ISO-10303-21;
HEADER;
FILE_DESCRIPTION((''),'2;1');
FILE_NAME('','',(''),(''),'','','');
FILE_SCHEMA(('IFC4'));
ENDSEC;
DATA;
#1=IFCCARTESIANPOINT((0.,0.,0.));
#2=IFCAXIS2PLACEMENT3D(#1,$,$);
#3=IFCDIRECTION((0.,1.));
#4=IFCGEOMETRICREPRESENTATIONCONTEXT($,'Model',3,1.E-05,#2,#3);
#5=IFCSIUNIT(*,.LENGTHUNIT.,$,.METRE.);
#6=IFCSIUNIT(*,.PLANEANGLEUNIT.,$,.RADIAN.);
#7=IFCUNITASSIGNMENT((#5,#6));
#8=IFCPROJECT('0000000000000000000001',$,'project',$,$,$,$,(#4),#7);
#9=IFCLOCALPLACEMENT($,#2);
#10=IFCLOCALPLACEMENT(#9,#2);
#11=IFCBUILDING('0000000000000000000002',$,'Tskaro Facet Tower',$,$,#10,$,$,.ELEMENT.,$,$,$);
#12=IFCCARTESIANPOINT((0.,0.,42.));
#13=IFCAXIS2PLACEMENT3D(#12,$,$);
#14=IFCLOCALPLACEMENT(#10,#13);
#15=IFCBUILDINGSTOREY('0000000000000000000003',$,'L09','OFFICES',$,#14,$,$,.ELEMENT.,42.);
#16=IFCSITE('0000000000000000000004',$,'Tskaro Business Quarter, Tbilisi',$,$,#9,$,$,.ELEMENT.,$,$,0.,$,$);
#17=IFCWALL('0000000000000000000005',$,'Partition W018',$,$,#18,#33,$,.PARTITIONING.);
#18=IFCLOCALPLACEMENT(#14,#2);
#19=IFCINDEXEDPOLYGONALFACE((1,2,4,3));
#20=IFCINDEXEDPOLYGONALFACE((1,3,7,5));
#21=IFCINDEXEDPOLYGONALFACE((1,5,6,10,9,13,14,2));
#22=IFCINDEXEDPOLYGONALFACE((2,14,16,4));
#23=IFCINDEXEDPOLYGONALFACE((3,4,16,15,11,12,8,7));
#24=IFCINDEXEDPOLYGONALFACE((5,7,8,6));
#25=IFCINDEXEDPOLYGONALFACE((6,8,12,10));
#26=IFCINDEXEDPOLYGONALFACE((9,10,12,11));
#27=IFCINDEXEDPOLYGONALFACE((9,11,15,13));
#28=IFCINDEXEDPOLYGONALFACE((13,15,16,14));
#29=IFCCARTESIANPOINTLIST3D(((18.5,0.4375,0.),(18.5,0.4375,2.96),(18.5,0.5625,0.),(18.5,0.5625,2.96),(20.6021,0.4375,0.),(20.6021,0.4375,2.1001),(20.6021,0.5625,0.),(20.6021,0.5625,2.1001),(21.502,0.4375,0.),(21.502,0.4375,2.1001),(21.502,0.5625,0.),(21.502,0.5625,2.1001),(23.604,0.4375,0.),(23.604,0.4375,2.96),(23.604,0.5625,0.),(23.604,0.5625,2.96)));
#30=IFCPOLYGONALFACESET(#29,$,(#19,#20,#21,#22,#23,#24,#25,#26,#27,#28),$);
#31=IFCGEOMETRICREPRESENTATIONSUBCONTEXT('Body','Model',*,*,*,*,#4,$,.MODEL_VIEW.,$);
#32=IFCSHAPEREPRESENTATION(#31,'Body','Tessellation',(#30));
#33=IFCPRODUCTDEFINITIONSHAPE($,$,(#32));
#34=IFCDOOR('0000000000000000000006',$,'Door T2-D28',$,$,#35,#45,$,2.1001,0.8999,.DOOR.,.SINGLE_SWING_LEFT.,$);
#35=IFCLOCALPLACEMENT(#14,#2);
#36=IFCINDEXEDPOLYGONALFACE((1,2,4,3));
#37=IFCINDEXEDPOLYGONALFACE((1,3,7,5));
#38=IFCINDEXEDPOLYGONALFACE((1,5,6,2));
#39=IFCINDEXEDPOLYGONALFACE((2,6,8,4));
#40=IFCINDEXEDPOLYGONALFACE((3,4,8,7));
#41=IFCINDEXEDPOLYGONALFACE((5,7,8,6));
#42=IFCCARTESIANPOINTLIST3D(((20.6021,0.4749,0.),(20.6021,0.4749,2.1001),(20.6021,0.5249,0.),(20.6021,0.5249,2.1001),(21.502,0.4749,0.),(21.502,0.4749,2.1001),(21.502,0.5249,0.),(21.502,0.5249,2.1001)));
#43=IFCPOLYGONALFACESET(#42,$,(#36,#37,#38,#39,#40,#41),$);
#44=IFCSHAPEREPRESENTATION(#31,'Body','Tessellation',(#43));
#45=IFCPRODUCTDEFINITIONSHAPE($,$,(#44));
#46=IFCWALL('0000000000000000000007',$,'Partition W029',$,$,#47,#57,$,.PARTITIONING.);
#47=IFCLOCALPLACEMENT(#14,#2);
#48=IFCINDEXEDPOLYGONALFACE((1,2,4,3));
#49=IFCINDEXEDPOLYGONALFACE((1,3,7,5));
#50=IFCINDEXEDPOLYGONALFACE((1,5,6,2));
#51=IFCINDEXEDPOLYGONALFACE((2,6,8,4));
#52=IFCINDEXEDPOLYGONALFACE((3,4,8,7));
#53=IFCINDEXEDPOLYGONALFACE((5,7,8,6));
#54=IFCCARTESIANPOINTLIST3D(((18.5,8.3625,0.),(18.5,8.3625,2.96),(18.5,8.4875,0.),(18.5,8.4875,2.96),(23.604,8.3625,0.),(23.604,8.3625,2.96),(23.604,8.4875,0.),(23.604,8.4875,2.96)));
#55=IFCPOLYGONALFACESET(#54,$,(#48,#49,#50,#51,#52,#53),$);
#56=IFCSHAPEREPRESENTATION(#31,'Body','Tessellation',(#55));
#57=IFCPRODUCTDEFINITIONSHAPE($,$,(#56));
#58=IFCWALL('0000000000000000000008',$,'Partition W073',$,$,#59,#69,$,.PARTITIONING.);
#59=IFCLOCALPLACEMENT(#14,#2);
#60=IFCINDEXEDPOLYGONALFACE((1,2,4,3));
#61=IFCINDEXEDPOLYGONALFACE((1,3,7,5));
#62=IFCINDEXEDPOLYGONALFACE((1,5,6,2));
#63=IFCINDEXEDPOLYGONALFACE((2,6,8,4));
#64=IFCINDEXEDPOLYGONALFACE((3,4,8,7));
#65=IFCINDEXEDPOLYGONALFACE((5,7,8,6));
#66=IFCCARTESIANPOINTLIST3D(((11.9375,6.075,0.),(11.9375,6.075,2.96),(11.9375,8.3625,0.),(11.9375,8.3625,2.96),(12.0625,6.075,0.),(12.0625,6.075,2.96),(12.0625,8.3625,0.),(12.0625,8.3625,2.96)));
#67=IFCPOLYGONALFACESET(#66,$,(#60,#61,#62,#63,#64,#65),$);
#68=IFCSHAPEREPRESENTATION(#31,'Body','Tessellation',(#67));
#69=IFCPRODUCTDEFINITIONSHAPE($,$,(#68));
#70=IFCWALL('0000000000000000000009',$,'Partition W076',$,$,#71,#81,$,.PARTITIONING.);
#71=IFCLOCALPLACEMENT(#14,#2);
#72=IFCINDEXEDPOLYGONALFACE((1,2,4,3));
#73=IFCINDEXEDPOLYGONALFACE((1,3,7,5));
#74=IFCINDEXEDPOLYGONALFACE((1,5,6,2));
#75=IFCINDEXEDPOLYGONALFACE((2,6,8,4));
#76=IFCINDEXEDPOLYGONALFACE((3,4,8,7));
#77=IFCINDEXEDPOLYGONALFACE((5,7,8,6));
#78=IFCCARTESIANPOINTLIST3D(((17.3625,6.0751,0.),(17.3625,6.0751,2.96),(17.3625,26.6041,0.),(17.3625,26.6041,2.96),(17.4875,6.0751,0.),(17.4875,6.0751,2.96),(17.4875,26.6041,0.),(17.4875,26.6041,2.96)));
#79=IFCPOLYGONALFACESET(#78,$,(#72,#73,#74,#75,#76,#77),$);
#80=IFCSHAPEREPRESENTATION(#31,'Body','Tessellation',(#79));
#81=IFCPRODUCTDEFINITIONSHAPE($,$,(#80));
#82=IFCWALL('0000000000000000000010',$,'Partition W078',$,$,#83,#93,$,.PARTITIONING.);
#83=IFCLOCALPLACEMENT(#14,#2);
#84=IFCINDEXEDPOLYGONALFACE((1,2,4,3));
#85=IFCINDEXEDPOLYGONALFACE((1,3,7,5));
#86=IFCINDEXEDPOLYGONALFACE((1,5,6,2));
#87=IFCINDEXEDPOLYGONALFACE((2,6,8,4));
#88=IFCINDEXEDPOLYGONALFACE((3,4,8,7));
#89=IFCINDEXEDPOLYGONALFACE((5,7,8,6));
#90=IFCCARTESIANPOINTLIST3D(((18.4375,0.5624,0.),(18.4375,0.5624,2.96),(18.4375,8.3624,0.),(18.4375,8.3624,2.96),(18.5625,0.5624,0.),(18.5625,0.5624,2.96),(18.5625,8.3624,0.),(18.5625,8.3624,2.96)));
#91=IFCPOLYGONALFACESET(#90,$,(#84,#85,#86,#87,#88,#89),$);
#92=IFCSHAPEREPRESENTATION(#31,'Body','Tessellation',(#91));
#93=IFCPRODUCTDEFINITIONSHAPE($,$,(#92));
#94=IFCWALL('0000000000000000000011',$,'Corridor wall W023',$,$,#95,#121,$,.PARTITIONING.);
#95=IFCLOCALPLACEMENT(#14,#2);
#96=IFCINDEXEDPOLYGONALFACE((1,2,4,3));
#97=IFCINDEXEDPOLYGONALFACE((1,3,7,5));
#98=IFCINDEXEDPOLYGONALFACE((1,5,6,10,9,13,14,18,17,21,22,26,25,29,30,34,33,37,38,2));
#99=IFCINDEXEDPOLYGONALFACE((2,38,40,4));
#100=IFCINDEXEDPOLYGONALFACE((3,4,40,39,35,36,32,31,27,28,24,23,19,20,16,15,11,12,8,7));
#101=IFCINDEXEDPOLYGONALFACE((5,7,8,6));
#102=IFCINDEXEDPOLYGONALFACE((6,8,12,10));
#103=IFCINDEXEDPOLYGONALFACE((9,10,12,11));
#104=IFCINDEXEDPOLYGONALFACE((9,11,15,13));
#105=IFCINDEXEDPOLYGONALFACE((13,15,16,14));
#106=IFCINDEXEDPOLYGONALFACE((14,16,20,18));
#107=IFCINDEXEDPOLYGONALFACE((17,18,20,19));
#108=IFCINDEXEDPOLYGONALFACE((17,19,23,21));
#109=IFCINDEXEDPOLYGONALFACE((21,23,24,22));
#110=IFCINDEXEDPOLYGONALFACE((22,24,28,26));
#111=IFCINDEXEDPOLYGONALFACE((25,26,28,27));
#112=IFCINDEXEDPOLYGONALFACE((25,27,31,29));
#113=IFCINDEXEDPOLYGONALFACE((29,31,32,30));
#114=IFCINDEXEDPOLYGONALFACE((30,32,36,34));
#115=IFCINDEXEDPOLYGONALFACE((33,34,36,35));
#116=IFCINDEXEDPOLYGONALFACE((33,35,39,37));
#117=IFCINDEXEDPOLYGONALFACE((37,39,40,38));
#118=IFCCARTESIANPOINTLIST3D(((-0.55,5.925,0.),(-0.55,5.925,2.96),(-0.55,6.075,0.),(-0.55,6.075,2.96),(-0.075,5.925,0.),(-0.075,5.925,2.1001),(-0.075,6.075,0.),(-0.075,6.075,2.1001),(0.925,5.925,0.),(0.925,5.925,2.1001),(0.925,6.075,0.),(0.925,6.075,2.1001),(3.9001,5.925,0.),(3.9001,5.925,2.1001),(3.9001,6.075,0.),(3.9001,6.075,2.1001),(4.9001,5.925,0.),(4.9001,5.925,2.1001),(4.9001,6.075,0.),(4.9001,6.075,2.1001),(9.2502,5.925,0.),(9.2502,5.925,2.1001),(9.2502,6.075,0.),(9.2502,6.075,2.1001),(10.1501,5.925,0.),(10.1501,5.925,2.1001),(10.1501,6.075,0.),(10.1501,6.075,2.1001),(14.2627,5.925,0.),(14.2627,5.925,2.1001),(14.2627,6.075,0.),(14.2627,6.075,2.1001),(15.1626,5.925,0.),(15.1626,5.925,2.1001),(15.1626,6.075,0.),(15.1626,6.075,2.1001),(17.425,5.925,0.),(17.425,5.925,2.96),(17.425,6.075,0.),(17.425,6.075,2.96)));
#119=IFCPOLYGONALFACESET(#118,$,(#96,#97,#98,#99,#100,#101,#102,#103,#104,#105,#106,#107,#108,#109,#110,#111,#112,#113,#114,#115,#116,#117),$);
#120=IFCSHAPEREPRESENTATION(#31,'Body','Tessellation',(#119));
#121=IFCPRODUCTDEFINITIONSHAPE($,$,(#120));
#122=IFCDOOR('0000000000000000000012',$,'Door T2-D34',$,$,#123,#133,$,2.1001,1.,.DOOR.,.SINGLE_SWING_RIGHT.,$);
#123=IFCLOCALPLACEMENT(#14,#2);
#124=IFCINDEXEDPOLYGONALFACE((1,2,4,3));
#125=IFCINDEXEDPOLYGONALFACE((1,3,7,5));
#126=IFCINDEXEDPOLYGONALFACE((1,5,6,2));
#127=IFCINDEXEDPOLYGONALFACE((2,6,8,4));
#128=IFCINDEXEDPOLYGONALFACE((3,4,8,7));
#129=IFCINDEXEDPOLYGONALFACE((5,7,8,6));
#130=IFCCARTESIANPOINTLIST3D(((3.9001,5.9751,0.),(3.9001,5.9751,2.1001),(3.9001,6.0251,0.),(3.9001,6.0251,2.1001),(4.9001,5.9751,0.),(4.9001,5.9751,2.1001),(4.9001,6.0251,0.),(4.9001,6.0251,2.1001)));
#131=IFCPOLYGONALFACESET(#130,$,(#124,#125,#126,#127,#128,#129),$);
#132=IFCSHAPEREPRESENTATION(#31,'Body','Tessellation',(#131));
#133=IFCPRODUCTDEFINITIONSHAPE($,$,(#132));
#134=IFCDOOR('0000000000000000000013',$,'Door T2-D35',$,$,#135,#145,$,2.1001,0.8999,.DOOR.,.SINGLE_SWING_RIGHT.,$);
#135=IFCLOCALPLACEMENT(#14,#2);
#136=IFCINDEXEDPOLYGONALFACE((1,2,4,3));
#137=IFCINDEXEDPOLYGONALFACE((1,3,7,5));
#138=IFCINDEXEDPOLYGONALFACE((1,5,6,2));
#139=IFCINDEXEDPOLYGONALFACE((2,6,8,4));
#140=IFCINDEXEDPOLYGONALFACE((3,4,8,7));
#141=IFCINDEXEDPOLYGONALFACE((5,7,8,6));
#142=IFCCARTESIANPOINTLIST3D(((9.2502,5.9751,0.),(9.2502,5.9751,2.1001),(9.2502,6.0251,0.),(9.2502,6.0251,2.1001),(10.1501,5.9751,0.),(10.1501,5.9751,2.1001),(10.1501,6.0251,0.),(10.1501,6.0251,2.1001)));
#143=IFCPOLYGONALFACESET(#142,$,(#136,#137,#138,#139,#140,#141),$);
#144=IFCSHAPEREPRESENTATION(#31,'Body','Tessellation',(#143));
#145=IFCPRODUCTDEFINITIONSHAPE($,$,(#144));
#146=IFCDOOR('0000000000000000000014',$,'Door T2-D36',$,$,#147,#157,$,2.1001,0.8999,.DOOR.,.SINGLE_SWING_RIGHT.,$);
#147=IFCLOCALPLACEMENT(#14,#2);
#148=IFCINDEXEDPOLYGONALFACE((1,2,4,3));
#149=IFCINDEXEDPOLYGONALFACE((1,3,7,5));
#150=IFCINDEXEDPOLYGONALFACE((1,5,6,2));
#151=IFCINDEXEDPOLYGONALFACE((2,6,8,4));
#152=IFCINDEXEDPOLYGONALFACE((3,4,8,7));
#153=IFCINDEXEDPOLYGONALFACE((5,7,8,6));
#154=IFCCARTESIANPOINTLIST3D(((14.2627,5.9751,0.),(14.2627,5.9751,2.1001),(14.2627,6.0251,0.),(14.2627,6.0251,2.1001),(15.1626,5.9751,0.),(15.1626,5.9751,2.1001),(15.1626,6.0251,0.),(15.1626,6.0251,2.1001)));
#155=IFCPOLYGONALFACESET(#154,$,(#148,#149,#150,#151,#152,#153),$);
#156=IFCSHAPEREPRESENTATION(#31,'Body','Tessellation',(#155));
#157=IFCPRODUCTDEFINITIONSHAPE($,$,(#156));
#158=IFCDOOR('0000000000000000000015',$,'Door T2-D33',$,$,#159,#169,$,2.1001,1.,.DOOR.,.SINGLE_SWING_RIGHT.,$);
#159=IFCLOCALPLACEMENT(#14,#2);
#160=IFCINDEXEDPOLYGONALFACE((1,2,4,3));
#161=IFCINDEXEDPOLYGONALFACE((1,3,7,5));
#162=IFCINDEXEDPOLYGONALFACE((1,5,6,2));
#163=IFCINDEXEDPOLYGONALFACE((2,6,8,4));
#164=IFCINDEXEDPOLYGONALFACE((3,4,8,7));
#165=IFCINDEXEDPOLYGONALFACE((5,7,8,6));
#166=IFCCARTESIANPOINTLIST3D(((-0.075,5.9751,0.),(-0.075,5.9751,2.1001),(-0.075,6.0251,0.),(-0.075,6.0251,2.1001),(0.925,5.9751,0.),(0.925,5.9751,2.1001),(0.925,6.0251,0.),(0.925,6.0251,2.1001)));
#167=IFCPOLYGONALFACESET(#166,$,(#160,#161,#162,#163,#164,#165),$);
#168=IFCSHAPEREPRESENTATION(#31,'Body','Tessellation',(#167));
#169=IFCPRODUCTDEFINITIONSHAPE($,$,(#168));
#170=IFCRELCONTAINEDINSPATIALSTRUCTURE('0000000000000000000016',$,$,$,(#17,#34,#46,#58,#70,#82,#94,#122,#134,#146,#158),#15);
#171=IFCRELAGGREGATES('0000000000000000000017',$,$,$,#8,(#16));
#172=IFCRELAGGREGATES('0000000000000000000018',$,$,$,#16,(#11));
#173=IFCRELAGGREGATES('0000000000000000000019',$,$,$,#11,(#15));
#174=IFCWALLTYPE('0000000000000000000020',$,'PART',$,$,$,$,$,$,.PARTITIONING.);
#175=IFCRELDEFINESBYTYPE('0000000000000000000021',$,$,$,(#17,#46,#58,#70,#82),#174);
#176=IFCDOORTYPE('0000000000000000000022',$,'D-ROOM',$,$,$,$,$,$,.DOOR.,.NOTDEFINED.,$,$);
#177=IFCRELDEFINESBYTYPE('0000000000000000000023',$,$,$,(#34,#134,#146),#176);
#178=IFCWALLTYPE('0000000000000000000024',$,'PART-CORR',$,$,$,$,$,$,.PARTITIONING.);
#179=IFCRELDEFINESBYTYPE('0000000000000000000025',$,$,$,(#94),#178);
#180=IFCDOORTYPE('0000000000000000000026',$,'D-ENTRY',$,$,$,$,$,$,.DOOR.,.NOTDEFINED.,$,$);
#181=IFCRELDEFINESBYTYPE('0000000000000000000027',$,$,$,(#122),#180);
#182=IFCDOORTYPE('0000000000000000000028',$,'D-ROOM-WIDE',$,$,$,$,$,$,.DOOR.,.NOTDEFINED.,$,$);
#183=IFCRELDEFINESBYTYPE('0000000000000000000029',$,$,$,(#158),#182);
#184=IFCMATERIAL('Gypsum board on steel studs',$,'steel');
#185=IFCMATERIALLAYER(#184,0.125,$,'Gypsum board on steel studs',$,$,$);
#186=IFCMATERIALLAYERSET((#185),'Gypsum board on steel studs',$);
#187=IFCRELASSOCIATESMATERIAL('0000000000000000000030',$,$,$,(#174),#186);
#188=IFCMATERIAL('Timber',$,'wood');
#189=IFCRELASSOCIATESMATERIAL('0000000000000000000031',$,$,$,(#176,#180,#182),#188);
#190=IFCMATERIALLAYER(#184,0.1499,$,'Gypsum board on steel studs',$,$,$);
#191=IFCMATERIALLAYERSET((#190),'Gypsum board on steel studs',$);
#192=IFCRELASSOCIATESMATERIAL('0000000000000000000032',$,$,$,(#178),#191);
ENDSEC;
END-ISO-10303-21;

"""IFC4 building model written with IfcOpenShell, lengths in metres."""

from ifc_helpers import new_model, si_unit, direction, frame, frame_2d, origin, place, context, subcontext, project, spatial, rectangle, extrude, material, layer, layer_set, type_object, element, fill, save


model = new_model("IFC4")

# Units and contexts
model_context = context("Model", 3, precision=1e-05, world=origin(), true_north=direction((0.0, 1.0)))
body_context = subcontext(model_context, "Body", "Model", "MODEL_VIEW")
ifc_project = project(units=[si_unit("LENGTHUNIT", "METRE"), si_unit("PLANEANGLEUNIT", "RADIAN")], contexts=[model_context])

# Site, building, storey
site_placement = place(None, origin())
site = spatial("IfcSite", under=ifc_project, at=site_placement, Name="Tskaro Business Quarter, Tbilisi", CompositionType="ELEMENT", RefElevation=0.0)
building_placement = place(site_placement, origin())
building = spatial("IfcBuilding", under=site, at=building_placement, Name="Tskaro Facet Tower", CompositionType="ELEMENT")
storey_placement = place(building_placement, frame((0.0, 0.0, 42.0)))
storey = spatial("IfcBuildingStorey", under=building, at=storey_placement, Name="L09", Description="OFFICES", CompositionType="ELEMENT", Elevation=42.0)

# Wall, opening, door
ifc_material_1 = material(Name="Gypsum board on steel studs", Category="steel")
ifc_layer_1 = layer(ifc_material_1, 0.125, Name="Gypsum board on steel studs")
ifc_layer_set_1 = layer_set([ifc_layer_1], Name="Gypsum board on steel studs")
wall_type_1 = type_object("IfcWallType", Name="PART", PredefinedType="PARTITIONING", material=ifc_layer_set_1)
wall_1_placement = place(storey_placement, frame((18.5, 0.5, 0.0), z_axis=(0.0, 0.0, 1.0), x_axis=(1.0, 0.0, 0.0)))
wall_1 = element("IfcWall", 1, at=wall_1_placement, inside=storey, type_object=wall_type_1, Name="Partition W018", PredefinedType="PARTITIONING", context=body_context, shape_type="SweptSolid", body=[
    extrude(rectangle(XDim=5.104, YDim=0.125, at=frame_2d((2.552, 0.0))), origin(), (0.0, 0.0, 1.0), 2.96),
])
opening_1_placement = place(wall_1_placement, frame((2.1021, 0.0, 0.0)))
opening_1 = element("IfcOpeningElement", 2, at=opening_1_placement, cuts=wall_1, PredefinedType="OPENING", context=body_context, shape_type="SweptSolid", body=[
    extrude(rectangle(XDim=0.8999, YDim=2.1001, at=frame_2d((0.45, 1.05))), frame((0.0, 0.0725, 0.0), z_axis=(0.0, -1.0, 0.0), x_axis=(1.0, 0.0, 0.0)), (0.0, 0.0, 1.0), 0.145),
])
ifc_material_2 = material(Name="Timber", Category="wood")
door_type_1 = type_object("IfcDoorType", Name="D-ROOM", OperationType="NOTDEFINED", PredefinedType="DOOR", material=ifc_material_2)
door_1_placement = place(opening_1_placement, origin())
door_1 = element("IfcDoor", 3, at=door_1_placement, inside=storey, type_object=door_type_1, Name="Door T2-D28", OperationType="SINGLE_SWING_LEFT", OverallHeight=2.1001, OverallWidth=0.8999, PredefinedType="DOOR", context=body_context, shape_type="SweptSolid", body=[
    extrude(rectangle(XDim=0.8999, YDim=2.1001, at=frame_2d((0.45, 1.05))), frame((0.0, 0.0249, 0.0), z_axis=(0.0, -1.0, 0.0), x_axis=(1.0, 0.0, 0.0)), (0.0, 0.0, 1.0), 0.05),
])
fill(opening_1, door_1)

# Walls
wall_2_placement = place(storey_placement, frame((18.5, 8.425, 0.0), z_axis=(0.0, 0.0, 1.0), x_axis=(1.0, 0.0, 0.0)))
element("IfcWall", 4, at=wall_2_placement, inside=storey, type_object=wall_type_1, Name="Partition W029", PredefinedType="PARTITIONING", context=body_context, shape_type="SweptSolid", body=[
    extrude(rectangle(XDim=5.104, YDim=0.125, at=frame_2d((2.552, 0.0))), origin(), (0.0, 0.0, 1.0), 2.96),
])
wall_3_placement = place(storey_placement, frame((12.0, 6.075, 0.0), z_axis=(0.0, 0.0, 1.0), x_axis=(0.0, 1.0, 0.0)))
element("IfcWall", 5, at=wall_3_placement, inside=storey, type_object=wall_type_1, Name="Partition W073", PredefinedType="PARTITIONING", context=body_context, shape_type="SweptSolid", body=[
    extrude(rectangle(XDim=2.2876, YDim=0.125, at=frame_2d((1.1438, 0.0))), origin(), (0.0, 0.0, 1.0), 2.96),
])
wall_4_placement = place(storey_placement, frame((17.425, 6.075, 0.0), z_axis=(0.0, 0.0, 1.0), x_axis=(0.0, 1.0, 0.0)))
element("IfcWall", 6, at=wall_4_placement, inside=storey, type_object=wall_type_1, Name="Partition W076", PredefinedType="PARTITIONING", context=body_context, shape_type="SweptSolid", body=[
    extrude(rectangle(XDim=20.5291, YDim=0.125, at=frame_2d((10.2646, 0.0))), origin(), (0.0, 0.0, 1.0), 2.96),
])
wall_5_placement = place(storey_placement, frame((18.5, 0.5625, 0.0), z_axis=(0.0, 0.0, 1.0), x_axis=(0.0, 1.0, 0.0)))
element("IfcWall", 7, at=wall_5_placement, inside=storey, type_object=wall_type_1, Name="Partition W078", PredefinedType="PARTITIONING", context=body_context, shape_type="SweptSolid", body=[
    extrude(rectangle(XDim=7.8, YDim=0.125, at=frame_2d((3.8999, 0.0))), origin(), (0.0, 0.0, 1.0), 2.96),
])

# Wall, openings, doors
ifc_layer_2 = layer(ifc_material_1, 0.1499, Name="Gypsum board on steel studs")
ifc_layer_set_2 = layer_set([ifc_layer_2], Name="Gypsum board on steel studs")
wall_type_2 = type_object("IfcWallType", Name="PART-CORR", PredefinedType="PARTITIONING", material=ifc_layer_set_2)
wall_6_placement = place(storey_placement, frame((17.425, 6.0, 0.0), z_axis=(0.0, 0.0, 1.0), x_axis=(-1.0, 0.0, 0.0)))
wall_6 = element("IfcWall", 8, at=wall_6_placement, inside=storey, type_object=wall_type_2, Name="Corridor wall W023", PredefinedType="PARTITIONING", context=body_context, shape_type="SweptSolid", body=[
    extrude(rectangle(XDim=17.9751, YDim=0.1499, at=frame_2d((8.9875, 0.0))), origin(), (0.0, 0.0, 1.0), 2.96),
])
opening_2_placement = place(wall_6_placement, frame((12.5249, 0.0, 0.0)))
opening_2 = element("IfcOpeningElement", 9, at=opening_2_placement, cuts=wall_6, PredefinedType="OPENING", context=body_context, shape_type="SweptSolid", body=[
    extrude(rectangle(XDim=1.0, YDim=2.1001, at=frame_2d((0.5, 1.05))), frame((0.0, 0.085, 0.0), z_axis=(0.0, -1.0, 0.0), x_axis=(1.0, 0.0, 0.0)), (0.0, 0.0, 1.0), 0.1699),
])
opening_3_placement = place(wall_6_placement, frame((16.5, 0.0, 0.0)))
opening_3 = element("IfcOpeningElement", 10, at=opening_3_placement, cuts=wall_6, PredefinedType="OPENING", context=body_context, shape_type="SweptSolid", body=[
    extrude(rectangle(XDim=1.0, YDim=2.1001, at=frame_2d((0.5, 1.05))), frame((0.0, 0.085, 0.0), z_axis=(0.0, -1.0, 0.0), x_axis=(1.0, 0.0, 0.0)), (0.0, 0.0, 1.0), 0.1699),
])
opening_4_placement = place(wall_6_placement, frame((7.2749, 0.0, 0.0)))
opening_4 = element("IfcOpeningElement", 11, at=opening_4_placement, cuts=wall_6, PredefinedType="OPENING", context=body_context, shape_type="SweptSolid", body=[
    extrude(rectangle(XDim=0.8999, YDim=2.1001, at=frame_2d((0.45, 1.05))), frame((0.0, 0.085, 0.0), z_axis=(0.0, -1.0, 0.0), x_axis=(1.0, 0.0, 0.0)), (0.0, 0.0, 1.0), 0.1699),
])
opening_5_placement = place(wall_6_placement, frame((2.2625, 0.0, 0.0)))
opening_5 = element("IfcOpeningElement", 12, at=opening_5_placement, cuts=wall_6, PredefinedType="OPENING", context=body_context, shape_type="SweptSolid", body=[
    extrude(rectangle(XDim=0.8999, YDim=2.1001, at=frame_2d((0.45, 1.05))), frame((0.0, 0.085, 0.0), z_axis=(0.0, -1.0, 0.0), x_axis=(1.0, 0.0, 0.0)), (0.0, 0.0, 1.0), 0.1699),
])
door_type_2 = type_object("IfcDoorType", Name="D-ENTRY", OperationType="NOTDEFINED", PredefinedType="DOOR", material=ifc_material_2)
door_2_placement = place(opening_2_placement, origin())
door_2 = element("IfcDoor", 13, at=door_2_placement, inside=storey, type_object=door_type_2, Name="Door T2-D34", OperationType="SINGLE_SWING_RIGHT", OverallHeight=2.1001, OverallWidth=1.0, PredefinedType="DOOR", context=body_context, shape_type="SweptSolid", body=[
    extrude(rectangle(XDim=1.0, YDim=2.1001, at=frame_2d((0.5, 1.05))), frame((0.0, 0.0249, 0.0), z_axis=(0.0, -1.0, 0.0), x_axis=(1.0, 0.0, 0.0)), (0.0, 0.0, 1.0), 0.05),
])
fill(opening_2, door_2)
door_3_placement = place(opening_4_placement, origin())
door_3 = element("IfcDoor", 14, at=door_3_placement, inside=storey, type_object=door_type_1, Name="Door T2-D35", OperationType="SINGLE_SWING_RIGHT", OverallHeight=2.1001, OverallWidth=0.8999, PredefinedType="DOOR", context=body_context, shape_type="SweptSolid", body=[
    extrude(rectangle(XDim=0.8999, YDim=2.1001, at=frame_2d((0.45, 1.05))), frame((0.0, 0.0249, 0.0), z_axis=(0.0, -1.0, 0.0), x_axis=(1.0, 0.0, 0.0)), (0.0, 0.0, 1.0), 0.05),
])
fill(opening_4, door_3)
door_4_placement = place(opening_5_placement, origin())
door_4 = element("IfcDoor", 15, at=door_4_placement, inside=storey, type_object=door_type_1, Name="Door T2-D36", OperationType="SINGLE_SWING_RIGHT", OverallHeight=2.1001, OverallWidth=0.8999, PredefinedType="DOOR", context=body_context, shape_type="SweptSolid", body=[
    extrude(rectangle(XDim=0.8999, YDim=2.1001, at=frame_2d((0.45, 1.05))), frame((0.0, 0.0249, 0.0), z_axis=(0.0, -1.0, 0.0), x_axis=(1.0, 0.0, 0.0)), (0.0, 0.0, 1.0), 0.05),
])
fill(opening_5, door_4)
door_type_3 = type_object("IfcDoorType", Name="D-ROOM-WIDE", OperationType="NOTDEFINED", PredefinedType="DOOR", material=ifc_material_2)
door_5_placement = place(opening_3_placement, origin())
door_5 = element("IfcDoor", 16, at=door_5_placement, inside=storey, type_object=door_type_3, Name="Door T2-D33", OperationType="SINGLE_SWING_RIGHT", OverallHeight=2.1001, OverallWidth=1.0, PredefinedType="DOOR", context=body_context, shape_type="SweptSolid", body=[
    extrude(rectangle(XDim=1.0, YDim=2.1001, at=frame_2d((0.5, 1.05))), frame((0.0, 0.0249, 0.0), z_axis=(0.0, -1.0, 0.0), x_axis=(1.0, 0.0, 0.0)), (0.0, 0.0, 1.0), 0.05),
])
fill(opening_3, door_5)

save(model, "model.ifc")
